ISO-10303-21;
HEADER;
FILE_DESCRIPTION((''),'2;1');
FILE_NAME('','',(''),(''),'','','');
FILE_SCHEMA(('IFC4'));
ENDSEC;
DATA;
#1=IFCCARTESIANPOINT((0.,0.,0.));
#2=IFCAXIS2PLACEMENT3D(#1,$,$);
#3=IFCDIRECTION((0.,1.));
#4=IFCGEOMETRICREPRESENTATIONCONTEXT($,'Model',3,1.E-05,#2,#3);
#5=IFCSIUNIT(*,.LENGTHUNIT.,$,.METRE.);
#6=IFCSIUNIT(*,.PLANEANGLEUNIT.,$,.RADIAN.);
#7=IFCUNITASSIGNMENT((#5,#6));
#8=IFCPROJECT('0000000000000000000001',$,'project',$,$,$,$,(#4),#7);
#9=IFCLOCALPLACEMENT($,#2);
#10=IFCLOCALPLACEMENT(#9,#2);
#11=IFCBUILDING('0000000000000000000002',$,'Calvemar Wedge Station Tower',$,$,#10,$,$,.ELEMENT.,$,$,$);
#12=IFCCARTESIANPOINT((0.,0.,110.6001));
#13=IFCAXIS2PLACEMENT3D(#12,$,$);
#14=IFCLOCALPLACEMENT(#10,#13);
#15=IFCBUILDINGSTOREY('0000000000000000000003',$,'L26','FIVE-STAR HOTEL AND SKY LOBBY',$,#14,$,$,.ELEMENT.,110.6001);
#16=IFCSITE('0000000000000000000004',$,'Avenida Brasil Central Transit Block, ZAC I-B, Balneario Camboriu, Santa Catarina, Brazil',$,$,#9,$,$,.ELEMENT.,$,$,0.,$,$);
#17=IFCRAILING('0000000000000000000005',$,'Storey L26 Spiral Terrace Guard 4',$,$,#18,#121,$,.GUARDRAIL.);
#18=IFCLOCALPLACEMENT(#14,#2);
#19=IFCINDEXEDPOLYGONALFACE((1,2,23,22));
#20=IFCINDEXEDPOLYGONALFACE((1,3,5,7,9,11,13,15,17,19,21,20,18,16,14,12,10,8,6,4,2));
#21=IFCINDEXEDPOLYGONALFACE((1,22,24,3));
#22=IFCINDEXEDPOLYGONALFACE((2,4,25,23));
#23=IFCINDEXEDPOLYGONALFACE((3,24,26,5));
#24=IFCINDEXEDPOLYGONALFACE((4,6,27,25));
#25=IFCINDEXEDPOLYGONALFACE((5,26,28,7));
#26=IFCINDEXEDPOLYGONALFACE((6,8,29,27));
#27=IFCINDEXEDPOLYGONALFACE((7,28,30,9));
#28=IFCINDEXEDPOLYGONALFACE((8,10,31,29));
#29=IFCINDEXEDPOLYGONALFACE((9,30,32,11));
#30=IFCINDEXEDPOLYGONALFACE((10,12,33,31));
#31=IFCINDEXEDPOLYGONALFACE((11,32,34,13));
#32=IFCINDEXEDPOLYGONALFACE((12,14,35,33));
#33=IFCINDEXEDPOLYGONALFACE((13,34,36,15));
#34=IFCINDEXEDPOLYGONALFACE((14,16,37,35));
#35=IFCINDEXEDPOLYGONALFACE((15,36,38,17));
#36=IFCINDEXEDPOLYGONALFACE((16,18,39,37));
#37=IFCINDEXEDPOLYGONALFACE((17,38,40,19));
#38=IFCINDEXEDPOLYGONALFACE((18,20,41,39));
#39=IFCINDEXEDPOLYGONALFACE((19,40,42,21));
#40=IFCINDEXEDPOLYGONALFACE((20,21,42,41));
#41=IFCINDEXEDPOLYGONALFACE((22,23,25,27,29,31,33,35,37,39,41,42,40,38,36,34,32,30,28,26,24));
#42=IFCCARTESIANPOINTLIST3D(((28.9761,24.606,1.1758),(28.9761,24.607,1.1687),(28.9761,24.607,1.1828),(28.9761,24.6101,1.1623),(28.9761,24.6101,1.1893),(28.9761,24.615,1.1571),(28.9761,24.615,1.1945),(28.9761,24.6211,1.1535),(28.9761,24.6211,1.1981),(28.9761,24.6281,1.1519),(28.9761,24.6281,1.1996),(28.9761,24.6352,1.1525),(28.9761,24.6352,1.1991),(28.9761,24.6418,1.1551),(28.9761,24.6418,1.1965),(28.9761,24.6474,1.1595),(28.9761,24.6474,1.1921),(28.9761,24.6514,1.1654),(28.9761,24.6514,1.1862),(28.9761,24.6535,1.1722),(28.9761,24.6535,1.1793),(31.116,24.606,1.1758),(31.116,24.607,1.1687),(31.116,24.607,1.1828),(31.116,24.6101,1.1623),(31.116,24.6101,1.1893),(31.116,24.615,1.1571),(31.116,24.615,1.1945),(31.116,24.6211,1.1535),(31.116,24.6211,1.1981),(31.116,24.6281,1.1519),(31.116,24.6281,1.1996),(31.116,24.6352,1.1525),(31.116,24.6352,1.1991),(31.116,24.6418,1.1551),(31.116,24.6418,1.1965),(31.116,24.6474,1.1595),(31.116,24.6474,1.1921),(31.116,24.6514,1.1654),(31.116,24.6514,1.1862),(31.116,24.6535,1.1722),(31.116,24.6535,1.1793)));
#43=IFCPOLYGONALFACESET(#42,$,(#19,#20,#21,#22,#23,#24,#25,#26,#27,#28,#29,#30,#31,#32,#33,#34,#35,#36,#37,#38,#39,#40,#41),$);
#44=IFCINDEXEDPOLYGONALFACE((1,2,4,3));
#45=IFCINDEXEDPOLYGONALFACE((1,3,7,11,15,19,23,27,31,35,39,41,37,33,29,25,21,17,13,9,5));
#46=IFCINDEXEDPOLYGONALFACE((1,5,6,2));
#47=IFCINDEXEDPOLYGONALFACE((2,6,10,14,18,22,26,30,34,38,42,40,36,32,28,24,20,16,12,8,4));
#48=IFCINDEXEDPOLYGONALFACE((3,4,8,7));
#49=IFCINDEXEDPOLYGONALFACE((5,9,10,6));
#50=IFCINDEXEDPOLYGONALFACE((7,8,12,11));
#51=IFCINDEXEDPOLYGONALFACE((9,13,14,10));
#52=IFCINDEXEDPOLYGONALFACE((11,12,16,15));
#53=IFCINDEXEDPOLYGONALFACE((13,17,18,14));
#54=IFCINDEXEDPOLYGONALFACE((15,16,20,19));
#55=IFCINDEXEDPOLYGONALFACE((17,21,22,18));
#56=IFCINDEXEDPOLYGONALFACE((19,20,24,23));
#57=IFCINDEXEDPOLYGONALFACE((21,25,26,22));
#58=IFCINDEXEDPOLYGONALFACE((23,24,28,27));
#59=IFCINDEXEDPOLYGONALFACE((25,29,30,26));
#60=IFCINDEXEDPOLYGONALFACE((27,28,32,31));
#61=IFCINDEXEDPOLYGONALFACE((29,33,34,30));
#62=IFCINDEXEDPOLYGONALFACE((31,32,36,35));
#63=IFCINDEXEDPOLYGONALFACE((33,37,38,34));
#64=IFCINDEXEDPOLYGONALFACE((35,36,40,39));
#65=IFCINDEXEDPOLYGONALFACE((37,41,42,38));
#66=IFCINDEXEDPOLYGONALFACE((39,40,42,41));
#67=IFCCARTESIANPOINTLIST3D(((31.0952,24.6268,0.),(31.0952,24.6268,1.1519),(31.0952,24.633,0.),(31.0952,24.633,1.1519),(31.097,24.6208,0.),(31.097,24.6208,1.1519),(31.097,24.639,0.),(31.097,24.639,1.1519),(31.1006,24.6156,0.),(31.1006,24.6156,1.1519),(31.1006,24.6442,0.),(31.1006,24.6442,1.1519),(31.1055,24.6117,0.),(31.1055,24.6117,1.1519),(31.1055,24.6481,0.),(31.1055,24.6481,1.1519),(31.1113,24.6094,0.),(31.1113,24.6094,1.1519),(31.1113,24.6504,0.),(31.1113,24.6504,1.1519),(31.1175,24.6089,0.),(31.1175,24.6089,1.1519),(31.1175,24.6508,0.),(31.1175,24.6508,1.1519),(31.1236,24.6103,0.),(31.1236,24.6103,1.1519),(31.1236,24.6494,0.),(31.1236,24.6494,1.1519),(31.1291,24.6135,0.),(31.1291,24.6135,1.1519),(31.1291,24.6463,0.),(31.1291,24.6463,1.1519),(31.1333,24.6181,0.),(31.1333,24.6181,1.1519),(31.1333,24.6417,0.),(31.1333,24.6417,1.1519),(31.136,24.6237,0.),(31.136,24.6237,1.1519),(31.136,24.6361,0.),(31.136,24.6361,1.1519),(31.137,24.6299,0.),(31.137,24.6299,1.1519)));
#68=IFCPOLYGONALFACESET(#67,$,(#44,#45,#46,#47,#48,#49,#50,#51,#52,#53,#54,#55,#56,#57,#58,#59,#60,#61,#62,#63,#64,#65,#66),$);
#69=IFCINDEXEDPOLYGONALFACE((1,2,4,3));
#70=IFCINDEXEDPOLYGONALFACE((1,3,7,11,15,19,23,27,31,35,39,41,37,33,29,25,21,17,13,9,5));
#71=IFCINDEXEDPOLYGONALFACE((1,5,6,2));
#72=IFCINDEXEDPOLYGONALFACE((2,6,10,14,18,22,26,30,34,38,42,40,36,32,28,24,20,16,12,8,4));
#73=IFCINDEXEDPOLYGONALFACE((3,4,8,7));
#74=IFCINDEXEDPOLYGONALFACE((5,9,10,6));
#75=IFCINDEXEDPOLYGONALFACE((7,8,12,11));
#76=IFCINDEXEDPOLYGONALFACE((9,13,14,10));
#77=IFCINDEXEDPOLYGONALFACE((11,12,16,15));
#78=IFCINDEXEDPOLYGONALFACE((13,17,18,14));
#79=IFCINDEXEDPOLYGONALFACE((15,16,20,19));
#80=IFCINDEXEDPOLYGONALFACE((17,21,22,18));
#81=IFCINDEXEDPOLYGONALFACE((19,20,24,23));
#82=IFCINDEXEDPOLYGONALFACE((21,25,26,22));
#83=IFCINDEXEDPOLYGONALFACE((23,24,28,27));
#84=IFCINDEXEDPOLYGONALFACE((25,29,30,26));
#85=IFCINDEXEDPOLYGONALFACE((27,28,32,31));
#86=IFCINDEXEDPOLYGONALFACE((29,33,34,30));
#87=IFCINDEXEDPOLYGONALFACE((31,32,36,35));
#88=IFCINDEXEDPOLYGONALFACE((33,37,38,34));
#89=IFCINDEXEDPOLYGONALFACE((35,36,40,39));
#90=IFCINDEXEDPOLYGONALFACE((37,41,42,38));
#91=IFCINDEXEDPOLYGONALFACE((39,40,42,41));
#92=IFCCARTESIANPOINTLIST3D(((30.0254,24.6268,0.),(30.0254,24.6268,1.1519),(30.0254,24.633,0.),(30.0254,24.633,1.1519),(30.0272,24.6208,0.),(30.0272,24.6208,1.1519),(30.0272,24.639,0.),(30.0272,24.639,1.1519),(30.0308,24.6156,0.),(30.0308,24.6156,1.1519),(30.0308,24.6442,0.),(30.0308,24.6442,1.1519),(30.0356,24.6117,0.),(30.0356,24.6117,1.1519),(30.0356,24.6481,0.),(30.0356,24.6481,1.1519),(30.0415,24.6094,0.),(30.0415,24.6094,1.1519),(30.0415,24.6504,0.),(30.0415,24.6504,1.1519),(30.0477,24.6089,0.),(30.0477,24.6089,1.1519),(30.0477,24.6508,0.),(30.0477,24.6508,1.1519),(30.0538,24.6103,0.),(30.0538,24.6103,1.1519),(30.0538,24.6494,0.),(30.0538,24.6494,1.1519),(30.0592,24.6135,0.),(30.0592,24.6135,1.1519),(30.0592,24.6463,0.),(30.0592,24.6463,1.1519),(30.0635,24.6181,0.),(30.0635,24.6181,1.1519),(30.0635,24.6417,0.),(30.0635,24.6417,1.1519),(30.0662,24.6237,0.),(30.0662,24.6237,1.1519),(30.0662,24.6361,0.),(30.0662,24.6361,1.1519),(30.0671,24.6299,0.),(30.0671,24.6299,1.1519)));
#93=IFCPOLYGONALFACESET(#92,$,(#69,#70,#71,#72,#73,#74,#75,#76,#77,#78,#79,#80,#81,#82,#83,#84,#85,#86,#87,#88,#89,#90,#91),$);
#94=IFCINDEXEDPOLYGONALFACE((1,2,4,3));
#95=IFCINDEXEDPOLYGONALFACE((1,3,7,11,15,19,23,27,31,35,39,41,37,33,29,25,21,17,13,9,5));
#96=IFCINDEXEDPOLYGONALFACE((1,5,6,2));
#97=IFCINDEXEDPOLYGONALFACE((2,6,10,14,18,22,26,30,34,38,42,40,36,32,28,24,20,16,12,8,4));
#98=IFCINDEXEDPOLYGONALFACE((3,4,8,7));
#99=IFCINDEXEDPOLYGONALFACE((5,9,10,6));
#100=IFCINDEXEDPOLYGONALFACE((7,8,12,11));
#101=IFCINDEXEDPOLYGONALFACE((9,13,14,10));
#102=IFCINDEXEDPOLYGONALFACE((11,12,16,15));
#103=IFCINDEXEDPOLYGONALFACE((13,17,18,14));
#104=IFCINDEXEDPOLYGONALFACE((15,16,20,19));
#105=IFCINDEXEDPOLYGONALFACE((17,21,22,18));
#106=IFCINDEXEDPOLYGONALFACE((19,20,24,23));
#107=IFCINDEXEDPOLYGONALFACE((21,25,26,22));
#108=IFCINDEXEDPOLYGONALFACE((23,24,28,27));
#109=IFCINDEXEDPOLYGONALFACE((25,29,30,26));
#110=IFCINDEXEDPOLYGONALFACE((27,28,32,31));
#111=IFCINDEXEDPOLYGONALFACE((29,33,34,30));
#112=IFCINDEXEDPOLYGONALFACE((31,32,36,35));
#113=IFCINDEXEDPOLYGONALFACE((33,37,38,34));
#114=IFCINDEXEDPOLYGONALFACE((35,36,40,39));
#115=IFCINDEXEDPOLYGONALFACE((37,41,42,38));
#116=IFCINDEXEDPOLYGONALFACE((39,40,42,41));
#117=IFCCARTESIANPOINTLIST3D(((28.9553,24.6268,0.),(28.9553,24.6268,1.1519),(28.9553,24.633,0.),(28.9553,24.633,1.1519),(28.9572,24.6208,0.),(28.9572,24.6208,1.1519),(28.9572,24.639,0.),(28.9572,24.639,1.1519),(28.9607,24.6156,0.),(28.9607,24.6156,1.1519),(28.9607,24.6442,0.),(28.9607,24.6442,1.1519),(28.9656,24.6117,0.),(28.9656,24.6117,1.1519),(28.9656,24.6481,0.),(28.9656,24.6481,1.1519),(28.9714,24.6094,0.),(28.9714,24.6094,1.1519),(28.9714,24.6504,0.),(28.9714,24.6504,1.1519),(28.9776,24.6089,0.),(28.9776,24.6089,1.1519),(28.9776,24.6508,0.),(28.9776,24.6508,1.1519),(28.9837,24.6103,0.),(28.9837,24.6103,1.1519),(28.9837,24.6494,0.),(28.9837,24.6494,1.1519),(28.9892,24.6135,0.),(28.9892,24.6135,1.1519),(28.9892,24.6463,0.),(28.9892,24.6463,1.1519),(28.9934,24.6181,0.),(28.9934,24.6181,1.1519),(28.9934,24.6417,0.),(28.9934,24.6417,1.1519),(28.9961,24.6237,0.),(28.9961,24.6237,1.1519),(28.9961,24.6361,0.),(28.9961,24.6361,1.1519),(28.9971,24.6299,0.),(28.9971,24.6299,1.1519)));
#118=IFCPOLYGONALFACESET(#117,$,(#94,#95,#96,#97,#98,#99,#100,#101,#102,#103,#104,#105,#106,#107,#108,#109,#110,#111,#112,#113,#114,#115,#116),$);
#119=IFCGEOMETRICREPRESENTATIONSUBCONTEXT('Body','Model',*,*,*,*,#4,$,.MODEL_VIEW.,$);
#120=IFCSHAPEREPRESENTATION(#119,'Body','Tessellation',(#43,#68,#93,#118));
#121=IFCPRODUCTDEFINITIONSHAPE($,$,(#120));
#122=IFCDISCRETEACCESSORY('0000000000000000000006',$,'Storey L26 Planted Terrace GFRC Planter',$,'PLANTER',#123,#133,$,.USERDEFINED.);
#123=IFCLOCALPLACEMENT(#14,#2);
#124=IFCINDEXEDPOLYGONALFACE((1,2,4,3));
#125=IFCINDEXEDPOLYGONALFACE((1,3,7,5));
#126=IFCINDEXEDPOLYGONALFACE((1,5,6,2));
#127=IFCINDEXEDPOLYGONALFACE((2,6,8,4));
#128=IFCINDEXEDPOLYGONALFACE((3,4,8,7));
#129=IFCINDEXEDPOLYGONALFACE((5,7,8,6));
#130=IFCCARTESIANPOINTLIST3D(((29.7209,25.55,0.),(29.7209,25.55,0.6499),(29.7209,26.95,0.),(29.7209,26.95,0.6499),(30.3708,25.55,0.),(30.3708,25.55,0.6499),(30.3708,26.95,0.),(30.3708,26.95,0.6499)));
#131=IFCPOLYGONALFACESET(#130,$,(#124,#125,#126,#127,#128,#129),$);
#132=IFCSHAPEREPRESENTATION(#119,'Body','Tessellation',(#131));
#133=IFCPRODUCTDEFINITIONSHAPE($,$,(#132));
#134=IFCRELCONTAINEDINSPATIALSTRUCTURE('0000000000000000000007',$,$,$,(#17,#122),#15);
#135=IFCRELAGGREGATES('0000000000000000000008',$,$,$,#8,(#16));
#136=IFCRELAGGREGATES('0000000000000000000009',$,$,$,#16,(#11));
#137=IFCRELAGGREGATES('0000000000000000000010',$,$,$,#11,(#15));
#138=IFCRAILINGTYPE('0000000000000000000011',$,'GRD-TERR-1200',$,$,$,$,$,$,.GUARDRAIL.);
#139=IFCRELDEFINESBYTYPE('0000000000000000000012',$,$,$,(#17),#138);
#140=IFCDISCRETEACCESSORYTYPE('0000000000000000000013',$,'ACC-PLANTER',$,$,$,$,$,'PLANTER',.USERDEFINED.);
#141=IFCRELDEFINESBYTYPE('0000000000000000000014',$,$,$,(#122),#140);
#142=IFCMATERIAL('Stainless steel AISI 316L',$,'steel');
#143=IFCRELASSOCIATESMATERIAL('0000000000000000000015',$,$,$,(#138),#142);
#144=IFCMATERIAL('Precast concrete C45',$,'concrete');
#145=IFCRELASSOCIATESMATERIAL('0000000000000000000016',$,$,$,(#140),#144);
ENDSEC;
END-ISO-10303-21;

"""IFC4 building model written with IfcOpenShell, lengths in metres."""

from ifc_helpers import new_model, si_unit, direction, frame, origin, origin_2d, place, context, subcontext, project, spatial, rectangle, circle, extrude, source, transform, mapped, material, type_object, element, save


model = new_model("IFC4")

# Units and contexts
model_context = context("Model", 3, precision=1e-05, world=origin(), true_north=direction((0.0, 1.0)))
body_context = subcontext(model_context, "Body", "Model", "MODEL_VIEW")
ifc_project = project(units=[si_unit("LENGTHUNIT", "METRE"), si_unit("PLANEANGLEUNIT", "RADIAN")], contexts=[model_context])

# Site, building, storey
site_placement = place(None, origin())
site = spatial("IfcSite", under=ifc_project, at=site_placement, Name="Avenida Brasil Central Transit Block, ZAC I-B, Balneario Camboriu, Santa Catarina, Brazil", CompositionType="ELEMENT", RefElevation=0.0)
building_placement = place(site_placement, origin())
building = spatial("IfcBuilding", under=site, at=building_placement, Name="Calvemar Wedge Station Tower", CompositionType="ELEMENT")
storey_placement = place(building_placement, frame((0.0, 0.0, 110.6001)))
storey = spatial("IfcBuildingStorey", under=building, at=storey_placement, Name="L26", Description="FIVE-STAR HOTEL AND SKY LOBBY", CompositionType="ELEMENT", Elevation=110.6001)

# Shared definitions
ifc_material_1 = material(Name="Precast concrete C45", Category="concrete")

# Railing
ifc_material_2 = material(Name="Stainless steel AISI 316L", Category="steel")
railing_type = type_object("IfcRailingType", Name="GRD-TERR-1200", PredefinedType="GUARDRAIL", material=ifc_material_2)
railing_1_placement = place(storey_placement, frame((31.116, 24.6299, 0.0)))
element("IfcRailing", 1, at=railing_1_placement, inside=storey, type_object=railing_type, Name="Storey L26 Spiral Terrace Guard 4", PredefinedType="GUARDRAIL", context=body_context, shape_type="SweptSolid", body=[
    extrude(circle(Radius=0.0239, at=origin_2d()), frame((0.0, 0.0, 1.1758), z_axis=(-1.0, 0.0, 0.0), x_axis=(0.0, -1.0, 0.0)), (0.0, 0.0, 1.0), 2.1399),
    extrude(circle(Radius=0.021, at=origin_2d()), origin(), (0.0, 0.0, 1.0), 1.1519),
    extrude(circle(Radius=0.021, at=origin_2d()), frame((-1.0698, 0.0, 0.0)), (0.0, 0.0, 1.0), 1.1519),
    extrude(circle(Radius=0.021, at=origin_2d()), frame((-2.1399, 0.0, 0.0)), (0.0, 0.0, 1.0), 1.1519),
])

# Discrete accessory
discrete_accessory_type = type_object("IfcDiscreteAccessoryType", Name="ACC-PLANTER", ElementType="PLANTER", PredefinedType="USERDEFINED", material=ifc_material_1)
shared_shape_1 = source(origin(), body_context, "Body", "SweptSolid", [
    extrude(rectangle(XDim=0.6499, YDim=1.3999, at=origin_2d()), origin(), (0.0, 0.0, 1.0), 0.6499),
])
discrete_accessory_placement = place(storey_placement, frame((30.0459, 26.25, 0.0), z_axis=(0.0, 0.0, 1.0), x_axis=(1.0, 0.0, 0.0)))
element("IfcDiscreteAccessory", 2, at=discrete_accessory_placement, inside=storey, type_object=discrete_accessory_type, Name="Storey L26 Planted Terrace GFRC Planter", ObjectType="PLANTER", PredefinedType="USERDEFINED", context=body_context, shape_type="MappedRepresentation", body=[
    mapped(shared_shape_1, transform((0.0, 0.0, 0.0), scale=1.0)),
])

save(model, "model.ifc")
